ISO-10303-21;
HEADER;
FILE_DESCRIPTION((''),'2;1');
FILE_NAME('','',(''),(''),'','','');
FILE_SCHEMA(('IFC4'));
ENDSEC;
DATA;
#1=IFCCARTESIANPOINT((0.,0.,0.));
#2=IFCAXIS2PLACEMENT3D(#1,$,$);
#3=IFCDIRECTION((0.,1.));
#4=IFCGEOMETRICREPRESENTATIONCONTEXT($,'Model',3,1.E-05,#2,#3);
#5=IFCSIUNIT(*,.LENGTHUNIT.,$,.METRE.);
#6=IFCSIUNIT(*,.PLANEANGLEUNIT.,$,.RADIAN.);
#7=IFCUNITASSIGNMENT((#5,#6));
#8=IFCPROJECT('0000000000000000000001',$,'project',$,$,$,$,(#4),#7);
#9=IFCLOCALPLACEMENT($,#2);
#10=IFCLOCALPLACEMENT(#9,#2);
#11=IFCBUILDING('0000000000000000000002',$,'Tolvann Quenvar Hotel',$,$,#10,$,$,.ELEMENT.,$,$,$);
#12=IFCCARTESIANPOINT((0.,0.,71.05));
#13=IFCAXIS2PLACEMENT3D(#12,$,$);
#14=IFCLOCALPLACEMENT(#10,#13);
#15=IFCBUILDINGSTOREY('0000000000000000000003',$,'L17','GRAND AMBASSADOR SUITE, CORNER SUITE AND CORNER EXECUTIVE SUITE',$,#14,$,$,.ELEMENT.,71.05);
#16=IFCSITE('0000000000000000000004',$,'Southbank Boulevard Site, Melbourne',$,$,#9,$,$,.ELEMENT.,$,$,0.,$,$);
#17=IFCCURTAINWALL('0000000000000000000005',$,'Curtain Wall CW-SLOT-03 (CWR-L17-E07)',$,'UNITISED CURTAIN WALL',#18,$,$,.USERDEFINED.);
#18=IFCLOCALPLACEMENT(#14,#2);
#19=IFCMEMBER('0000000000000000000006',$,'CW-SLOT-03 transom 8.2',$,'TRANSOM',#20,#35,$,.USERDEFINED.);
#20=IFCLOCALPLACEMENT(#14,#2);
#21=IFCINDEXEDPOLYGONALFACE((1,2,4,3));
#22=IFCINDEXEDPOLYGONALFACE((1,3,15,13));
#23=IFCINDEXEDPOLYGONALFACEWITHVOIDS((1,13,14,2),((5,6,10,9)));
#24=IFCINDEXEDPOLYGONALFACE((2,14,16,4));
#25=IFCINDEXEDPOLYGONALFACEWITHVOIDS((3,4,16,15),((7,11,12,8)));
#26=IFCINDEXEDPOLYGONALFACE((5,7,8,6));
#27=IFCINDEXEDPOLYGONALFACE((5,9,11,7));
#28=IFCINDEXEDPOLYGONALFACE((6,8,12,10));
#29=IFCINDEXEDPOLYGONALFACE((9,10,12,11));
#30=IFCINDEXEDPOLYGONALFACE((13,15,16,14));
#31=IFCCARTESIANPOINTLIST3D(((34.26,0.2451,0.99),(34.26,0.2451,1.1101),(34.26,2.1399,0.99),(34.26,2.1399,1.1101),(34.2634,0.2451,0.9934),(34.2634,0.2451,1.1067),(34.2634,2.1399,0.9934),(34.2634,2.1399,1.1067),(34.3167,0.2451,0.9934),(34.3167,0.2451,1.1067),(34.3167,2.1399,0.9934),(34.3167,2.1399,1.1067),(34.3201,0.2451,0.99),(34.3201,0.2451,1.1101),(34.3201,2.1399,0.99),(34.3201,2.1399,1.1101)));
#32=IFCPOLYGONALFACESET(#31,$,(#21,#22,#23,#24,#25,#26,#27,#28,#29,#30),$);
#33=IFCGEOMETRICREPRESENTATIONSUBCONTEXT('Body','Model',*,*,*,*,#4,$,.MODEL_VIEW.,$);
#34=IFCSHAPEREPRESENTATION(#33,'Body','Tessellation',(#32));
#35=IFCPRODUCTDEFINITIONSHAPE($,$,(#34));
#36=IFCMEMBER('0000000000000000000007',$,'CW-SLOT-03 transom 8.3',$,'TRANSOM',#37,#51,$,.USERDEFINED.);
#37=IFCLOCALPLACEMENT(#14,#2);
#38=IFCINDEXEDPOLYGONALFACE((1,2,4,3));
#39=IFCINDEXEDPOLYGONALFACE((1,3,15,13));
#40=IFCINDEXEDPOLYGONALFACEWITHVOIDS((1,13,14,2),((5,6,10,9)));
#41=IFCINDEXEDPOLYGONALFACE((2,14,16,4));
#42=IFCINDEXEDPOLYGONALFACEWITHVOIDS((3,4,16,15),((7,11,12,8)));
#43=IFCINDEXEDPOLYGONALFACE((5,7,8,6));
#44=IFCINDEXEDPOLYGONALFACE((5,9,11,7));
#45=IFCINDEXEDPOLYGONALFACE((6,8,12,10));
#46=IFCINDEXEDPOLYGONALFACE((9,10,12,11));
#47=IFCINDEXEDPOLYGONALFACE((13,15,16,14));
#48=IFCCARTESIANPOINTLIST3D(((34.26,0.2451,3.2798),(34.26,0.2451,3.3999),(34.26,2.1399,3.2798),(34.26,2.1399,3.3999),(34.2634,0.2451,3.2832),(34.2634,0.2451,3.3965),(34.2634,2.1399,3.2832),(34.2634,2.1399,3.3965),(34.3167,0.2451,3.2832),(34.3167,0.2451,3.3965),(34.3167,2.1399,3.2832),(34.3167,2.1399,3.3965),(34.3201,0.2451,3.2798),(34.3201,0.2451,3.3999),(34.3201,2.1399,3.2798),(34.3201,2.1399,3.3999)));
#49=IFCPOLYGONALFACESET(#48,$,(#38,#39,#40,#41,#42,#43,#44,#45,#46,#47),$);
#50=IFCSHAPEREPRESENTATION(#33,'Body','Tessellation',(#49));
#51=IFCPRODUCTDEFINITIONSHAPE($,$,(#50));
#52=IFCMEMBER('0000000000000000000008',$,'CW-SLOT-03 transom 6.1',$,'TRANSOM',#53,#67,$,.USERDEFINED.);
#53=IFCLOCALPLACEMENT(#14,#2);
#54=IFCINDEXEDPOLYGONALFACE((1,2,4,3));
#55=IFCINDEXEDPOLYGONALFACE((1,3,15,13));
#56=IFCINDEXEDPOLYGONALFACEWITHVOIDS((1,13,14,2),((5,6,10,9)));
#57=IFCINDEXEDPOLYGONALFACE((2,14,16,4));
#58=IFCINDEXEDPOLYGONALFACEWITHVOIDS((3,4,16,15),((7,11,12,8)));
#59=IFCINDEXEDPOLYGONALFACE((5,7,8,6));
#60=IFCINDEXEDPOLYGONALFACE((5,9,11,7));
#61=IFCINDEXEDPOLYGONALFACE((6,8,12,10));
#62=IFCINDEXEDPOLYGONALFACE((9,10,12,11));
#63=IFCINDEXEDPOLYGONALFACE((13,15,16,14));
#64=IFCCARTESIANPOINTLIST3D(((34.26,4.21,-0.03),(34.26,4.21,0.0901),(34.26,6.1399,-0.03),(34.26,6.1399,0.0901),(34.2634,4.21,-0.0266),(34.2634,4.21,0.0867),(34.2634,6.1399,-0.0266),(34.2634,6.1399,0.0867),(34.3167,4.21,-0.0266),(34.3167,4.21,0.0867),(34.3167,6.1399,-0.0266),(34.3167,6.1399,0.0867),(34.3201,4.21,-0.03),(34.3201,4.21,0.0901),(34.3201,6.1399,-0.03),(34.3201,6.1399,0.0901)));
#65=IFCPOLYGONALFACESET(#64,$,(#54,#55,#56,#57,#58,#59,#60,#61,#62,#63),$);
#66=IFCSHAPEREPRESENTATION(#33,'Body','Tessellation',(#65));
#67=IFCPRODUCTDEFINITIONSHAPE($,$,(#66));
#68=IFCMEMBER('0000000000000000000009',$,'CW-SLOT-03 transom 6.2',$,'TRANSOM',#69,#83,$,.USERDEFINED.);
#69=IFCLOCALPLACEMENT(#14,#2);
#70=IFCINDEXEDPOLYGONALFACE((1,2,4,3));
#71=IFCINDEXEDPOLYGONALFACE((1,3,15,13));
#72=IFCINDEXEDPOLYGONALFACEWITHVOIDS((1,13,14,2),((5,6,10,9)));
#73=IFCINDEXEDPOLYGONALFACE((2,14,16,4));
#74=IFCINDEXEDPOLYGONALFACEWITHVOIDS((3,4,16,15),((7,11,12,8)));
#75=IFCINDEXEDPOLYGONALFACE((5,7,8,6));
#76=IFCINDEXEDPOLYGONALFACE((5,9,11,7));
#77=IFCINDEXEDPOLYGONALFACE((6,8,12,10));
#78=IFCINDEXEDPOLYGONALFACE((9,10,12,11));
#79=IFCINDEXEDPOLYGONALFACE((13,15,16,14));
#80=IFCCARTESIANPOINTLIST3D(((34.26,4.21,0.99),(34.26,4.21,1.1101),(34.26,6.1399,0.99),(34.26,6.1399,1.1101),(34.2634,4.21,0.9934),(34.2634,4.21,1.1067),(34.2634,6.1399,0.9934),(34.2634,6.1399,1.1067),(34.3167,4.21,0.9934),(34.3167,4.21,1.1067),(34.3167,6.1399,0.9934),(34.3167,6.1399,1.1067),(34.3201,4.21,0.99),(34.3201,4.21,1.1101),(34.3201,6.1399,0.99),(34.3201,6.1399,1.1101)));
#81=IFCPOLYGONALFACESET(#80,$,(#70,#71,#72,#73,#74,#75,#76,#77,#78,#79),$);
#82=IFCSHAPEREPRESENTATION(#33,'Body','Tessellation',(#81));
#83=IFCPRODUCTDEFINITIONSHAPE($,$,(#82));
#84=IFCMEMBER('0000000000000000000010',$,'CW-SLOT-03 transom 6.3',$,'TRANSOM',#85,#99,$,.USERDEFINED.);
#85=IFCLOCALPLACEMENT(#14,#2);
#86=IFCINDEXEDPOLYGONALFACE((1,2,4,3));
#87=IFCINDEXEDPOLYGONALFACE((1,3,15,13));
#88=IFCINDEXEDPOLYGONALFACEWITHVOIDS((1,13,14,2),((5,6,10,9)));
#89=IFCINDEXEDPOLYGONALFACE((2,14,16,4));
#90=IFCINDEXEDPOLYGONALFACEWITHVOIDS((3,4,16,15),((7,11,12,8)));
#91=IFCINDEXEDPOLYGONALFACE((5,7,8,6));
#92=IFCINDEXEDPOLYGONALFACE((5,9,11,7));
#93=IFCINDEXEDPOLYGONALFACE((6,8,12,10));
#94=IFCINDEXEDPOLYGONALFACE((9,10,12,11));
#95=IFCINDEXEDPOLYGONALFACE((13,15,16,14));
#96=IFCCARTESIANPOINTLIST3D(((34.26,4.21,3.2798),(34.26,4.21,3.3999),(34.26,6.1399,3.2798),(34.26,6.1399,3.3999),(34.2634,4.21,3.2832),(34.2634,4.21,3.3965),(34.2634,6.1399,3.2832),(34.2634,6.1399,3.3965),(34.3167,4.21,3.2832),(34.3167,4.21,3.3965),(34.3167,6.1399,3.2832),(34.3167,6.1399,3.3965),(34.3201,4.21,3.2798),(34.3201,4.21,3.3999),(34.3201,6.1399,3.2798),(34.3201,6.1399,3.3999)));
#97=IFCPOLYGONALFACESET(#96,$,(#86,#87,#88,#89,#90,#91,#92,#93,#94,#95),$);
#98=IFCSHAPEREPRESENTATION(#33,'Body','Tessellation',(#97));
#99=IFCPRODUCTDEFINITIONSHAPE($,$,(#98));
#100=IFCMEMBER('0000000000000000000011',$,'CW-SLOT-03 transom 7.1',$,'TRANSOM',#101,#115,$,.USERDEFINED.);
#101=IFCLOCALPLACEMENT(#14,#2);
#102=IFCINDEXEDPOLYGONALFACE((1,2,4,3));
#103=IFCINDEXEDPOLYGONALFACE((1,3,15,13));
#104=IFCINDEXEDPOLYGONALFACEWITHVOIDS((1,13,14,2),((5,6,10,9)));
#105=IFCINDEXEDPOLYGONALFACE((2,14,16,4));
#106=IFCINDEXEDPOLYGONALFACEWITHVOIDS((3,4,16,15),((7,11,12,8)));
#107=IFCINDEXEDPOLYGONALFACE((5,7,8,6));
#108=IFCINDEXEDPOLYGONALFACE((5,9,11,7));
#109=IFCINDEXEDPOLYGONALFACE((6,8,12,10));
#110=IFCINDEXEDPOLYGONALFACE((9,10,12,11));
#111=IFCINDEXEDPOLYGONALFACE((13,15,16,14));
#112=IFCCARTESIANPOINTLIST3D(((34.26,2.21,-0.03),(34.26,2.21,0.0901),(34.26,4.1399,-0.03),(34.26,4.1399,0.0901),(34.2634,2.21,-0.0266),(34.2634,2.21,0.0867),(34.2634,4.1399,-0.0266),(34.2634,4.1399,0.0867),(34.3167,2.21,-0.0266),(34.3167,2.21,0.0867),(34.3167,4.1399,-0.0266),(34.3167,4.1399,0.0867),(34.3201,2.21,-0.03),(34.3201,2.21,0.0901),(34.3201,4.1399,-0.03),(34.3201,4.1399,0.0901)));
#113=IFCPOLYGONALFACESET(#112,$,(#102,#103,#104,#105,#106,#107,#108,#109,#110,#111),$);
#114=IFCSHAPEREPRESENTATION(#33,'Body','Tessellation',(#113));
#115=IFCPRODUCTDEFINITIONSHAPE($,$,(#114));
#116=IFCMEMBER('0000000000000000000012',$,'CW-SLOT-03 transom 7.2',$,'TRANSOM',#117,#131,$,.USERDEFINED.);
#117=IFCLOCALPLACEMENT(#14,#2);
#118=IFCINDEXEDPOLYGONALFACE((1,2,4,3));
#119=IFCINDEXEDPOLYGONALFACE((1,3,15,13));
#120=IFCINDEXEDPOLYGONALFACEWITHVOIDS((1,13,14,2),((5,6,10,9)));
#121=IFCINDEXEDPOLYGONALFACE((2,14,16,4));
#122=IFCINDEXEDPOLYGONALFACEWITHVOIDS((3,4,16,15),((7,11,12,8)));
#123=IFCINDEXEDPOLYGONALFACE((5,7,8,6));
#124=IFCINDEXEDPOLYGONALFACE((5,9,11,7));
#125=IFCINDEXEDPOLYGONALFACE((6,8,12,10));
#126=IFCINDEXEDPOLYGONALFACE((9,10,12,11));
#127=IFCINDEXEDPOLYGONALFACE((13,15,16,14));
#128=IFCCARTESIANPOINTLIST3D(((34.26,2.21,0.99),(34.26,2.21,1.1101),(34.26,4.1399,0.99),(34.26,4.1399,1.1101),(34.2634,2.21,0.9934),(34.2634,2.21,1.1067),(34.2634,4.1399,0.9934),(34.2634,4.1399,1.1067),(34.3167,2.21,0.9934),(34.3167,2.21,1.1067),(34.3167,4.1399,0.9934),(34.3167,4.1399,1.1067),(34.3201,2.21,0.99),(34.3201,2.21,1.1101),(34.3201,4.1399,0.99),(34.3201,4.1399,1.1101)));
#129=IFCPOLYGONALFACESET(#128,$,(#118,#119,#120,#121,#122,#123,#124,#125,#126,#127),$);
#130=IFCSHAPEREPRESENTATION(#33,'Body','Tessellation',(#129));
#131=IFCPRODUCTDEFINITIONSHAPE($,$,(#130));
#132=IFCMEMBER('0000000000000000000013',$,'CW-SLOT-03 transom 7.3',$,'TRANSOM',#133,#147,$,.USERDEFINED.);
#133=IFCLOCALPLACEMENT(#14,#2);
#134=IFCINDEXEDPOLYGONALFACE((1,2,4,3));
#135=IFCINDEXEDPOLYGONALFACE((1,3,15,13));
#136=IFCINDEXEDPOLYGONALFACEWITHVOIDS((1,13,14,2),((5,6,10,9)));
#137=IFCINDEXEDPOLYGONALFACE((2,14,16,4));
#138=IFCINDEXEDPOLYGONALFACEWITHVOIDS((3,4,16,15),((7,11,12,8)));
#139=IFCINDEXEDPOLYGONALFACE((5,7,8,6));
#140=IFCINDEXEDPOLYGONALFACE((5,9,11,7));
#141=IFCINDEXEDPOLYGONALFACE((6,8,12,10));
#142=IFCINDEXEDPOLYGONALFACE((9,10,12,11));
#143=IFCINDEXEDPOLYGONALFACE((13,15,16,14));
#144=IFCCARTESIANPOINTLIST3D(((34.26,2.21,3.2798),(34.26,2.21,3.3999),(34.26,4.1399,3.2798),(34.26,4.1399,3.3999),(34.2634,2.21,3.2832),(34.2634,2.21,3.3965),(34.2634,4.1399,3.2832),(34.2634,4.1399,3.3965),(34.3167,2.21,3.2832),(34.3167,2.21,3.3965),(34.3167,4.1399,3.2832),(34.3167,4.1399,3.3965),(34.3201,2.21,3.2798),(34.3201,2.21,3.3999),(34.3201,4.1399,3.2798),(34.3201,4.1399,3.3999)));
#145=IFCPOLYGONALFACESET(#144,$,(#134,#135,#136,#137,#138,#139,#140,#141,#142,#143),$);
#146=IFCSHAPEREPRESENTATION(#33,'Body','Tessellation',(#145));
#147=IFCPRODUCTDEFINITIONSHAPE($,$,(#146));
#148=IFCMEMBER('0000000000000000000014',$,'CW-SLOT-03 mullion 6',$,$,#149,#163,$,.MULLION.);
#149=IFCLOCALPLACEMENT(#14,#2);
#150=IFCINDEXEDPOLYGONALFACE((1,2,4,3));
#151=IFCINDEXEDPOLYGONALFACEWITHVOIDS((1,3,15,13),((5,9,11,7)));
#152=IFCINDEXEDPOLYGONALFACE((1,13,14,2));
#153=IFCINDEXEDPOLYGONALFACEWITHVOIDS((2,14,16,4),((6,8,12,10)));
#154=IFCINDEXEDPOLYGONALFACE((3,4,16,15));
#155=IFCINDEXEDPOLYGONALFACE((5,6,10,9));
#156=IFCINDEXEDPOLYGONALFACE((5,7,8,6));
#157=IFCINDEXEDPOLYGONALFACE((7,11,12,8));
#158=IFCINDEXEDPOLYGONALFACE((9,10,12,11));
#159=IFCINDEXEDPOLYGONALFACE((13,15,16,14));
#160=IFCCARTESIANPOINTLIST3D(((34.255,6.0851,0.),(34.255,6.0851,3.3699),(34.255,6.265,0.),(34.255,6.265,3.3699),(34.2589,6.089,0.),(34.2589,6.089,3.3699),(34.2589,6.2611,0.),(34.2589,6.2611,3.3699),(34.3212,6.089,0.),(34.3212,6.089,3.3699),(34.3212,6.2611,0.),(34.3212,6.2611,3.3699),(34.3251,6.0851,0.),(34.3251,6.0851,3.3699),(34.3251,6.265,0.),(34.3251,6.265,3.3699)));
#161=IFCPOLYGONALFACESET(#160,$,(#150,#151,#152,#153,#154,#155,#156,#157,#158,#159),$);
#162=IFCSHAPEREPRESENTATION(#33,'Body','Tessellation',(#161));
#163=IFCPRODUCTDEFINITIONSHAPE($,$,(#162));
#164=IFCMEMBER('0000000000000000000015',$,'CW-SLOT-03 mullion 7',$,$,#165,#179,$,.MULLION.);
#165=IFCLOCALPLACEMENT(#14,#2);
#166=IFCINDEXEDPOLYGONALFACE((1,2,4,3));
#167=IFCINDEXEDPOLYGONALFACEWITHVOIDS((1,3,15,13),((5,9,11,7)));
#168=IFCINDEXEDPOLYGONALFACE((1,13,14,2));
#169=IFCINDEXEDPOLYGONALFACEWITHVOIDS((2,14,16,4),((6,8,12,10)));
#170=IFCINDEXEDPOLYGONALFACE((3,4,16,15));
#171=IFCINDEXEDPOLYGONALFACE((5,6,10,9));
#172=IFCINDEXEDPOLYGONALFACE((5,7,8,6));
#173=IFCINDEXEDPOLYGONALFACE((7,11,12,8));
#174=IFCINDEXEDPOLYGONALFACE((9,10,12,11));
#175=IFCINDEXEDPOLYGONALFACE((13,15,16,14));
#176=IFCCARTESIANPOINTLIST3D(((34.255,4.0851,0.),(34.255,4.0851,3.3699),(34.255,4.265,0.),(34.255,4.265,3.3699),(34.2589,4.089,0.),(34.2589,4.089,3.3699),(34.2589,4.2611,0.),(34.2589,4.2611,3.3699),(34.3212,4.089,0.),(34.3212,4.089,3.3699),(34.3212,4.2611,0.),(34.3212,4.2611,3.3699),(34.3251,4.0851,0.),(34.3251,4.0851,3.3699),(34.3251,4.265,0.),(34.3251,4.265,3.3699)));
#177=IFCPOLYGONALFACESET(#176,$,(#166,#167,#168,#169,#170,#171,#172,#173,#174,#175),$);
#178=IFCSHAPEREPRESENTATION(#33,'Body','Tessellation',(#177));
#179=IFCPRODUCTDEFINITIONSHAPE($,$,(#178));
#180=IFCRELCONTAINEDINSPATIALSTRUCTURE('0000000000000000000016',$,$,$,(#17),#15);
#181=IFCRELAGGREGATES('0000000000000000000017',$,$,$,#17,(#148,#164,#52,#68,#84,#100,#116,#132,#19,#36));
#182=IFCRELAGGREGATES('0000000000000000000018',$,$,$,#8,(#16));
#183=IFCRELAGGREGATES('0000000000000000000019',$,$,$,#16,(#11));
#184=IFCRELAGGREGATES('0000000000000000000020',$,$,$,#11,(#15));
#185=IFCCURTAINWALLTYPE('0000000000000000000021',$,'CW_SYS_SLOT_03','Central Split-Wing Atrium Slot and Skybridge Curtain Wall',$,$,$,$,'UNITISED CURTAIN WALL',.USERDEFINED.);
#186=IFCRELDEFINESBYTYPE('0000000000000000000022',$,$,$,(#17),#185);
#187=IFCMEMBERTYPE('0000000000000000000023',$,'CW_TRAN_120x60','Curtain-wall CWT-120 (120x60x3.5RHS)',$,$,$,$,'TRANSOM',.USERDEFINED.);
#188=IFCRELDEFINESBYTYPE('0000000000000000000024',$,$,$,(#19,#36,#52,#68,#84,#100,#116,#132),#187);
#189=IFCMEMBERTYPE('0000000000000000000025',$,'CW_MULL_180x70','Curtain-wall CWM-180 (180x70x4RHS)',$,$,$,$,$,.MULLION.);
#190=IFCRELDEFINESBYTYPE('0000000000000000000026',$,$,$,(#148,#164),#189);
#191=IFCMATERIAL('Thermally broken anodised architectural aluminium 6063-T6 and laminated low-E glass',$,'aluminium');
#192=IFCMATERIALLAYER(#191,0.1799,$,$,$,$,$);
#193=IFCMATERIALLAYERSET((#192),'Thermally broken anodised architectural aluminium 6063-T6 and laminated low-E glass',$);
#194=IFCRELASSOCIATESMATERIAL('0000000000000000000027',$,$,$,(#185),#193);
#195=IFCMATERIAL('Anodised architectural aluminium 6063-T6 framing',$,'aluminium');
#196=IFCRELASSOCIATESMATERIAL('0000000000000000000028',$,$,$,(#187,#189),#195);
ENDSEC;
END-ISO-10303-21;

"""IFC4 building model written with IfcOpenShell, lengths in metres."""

from ifc_helpers import new_model, si_unit, direction, frame, origin, origin_2d, place, context, subcontext, project, spatial, hollow_rectangle, extrude, source, transform, mapped, material, layer, layer_set, material_profile, profile_set, type_object, type_shapes, element, aggregate, save


model = new_model("IFC4")

# Units and contexts
model_context = context("Model", 3, precision=1e-05, world=origin(), true_north=direction((0.0, 1.0)))
body_context = subcontext(model_context, "Body", "Model", "MODEL_VIEW")
ifc_project = project(units=[si_unit("LENGTHUNIT", "METRE"), si_unit("PLANEANGLEUNIT", "RADIAN")], contexts=[model_context])

# Site, building, storey
site_placement = place(None, origin())
site = spatial("IfcSite", under=ifc_project, at=site_placement, Name="Southbank Boulevard Site, Melbourne", CompositionType="ELEMENT", RefElevation=0.0)
building_placement = place(site_placement, origin())
building = spatial("IfcBuilding", under=site, at=building_placement, Name="Tolvann Quenvar Hotel", CompositionType="ELEMENT")
storey_placement = place(building_placement, frame((0.0, 0.0, 71.05)))
storey = spatial("IfcBuildingStorey", under=building, at=storey_placement, Name="L17", Description="GRAND AMBASSADOR SUITE, CORNER SUITE AND CORNER EXECUTIVE SUITE", CompositionType="ELEMENT", Elevation=71.05)

# Curtain wall, members
ifc_material_1 = material(Name="Thermally broken anodised architectural aluminium 6063-T6 and laminated low-E glass", Category="aluminium")
ifc_layer_1 = layer(ifc_material_1, 0.1799)
ifc_layer_set_1 = layer_set([ifc_layer_1], Name="Thermally broken anodised architectural aluminium 6063-T6 and laminated low-E glass")
curtain_wall_type = type_object("IfcCurtainWallType", Name="CW_SYS_SLOT_03", Description="Central Split-Wing Atrium Slot and Skybridge Curtain Wall", ElementType="UNITISED CURTAIN WALL", PredefinedType="USERDEFINED", material=ifc_layer_set_1)
curtain_wall_placement = place(storey_placement, origin())
curtain_wall = element("IfcCurtainWall", 1, at=curtain_wall_placement, inside=storey, type_object=curtain_wall_type, Name="Curtain Wall CW-SLOT-03 (CWR-L17-E07)", ObjectType="UNITISED CURTAIN WALL", PredefinedType="USERDEFINED")
ifc_material_2 = material(Name="Anodised architectural aluminium 6063-T6 framing", Category="aluminium")
ifc_material_profile_1 = material_profile(ifc_material_2, hollow_rectangle(XDim=0.0601, YDim=0.1201, WallThickness=0.0034, at=origin_2d()), Name="120x60x3.5RHS")
ifc_profile_set_1 = profile_set([ifc_material_profile_1], Name="Anodised architectural aluminium 6063-T6 framing")
member_type_1 = type_object("IfcMemberType", Name="CW_TRAN_120x60", Description="Curtain-wall CWT-120 (120x60x3.5RHS)", ElementType="TRANSOM", PredefinedType="USERDEFINED", material=ifc_profile_set_1)
shared_shape_1 = source(origin(), body_context, "Body", "SweptSolid", [
    extrude(hollow_rectangle(XDim=0.0601, YDim=0.1201, WallThickness=0.0034, at=origin_2d()), origin(), (0.0, 0.0, 1.0), 1.8948),
])
member_1_placement = place(storey_placement, frame((34.29, 2.1399, 1.05), z_axis=(0.0, -1.0, 0.0), x_axis=(1.0, 0.0, 0.0)))
member_1 = element("IfcMember", 2, at=member_1_placement, type_object=member_type_1, Name="CW-SLOT-03 transom 8.2", ObjectType="TRANSOM", PredefinedType="USERDEFINED", context=body_context, shape_type="MappedRepresentation", body=[
    mapped(shared_shape_1, transform((0.0, 0.0, 0.0), x_axis=(1.0, 0.0, 0.0), y_axis=(0.0, 1.0, 0.0), z_axis=(0.0, 0.0, 1.0), scale=1.0)),
])
member_2_placement = place(storey_placement, frame((34.29, 2.1399, 3.3398), z_axis=(0.0, -1.0, 0.0), x_axis=(1.0, 0.0, 0.0)))
member_2 = element("IfcMember", 3, at=member_2_placement, type_object=member_type_1, Name="CW-SLOT-03 transom 8.3", ObjectType="TRANSOM", PredefinedType="USERDEFINED", context=body_context, shape_type="MappedRepresentation", body=[
    mapped(shared_shape_1, transform((0.0, 0.0, 0.0), x_axis=(1.0, 0.0, 0.0), y_axis=(0.0, 1.0, 0.0), z_axis=(0.0, 0.0, 1.0), scale=1.0)),
])
shared_shape_2 = source(origin(), body_context, "Body", "SweptSolid", [
    extrude(hollow_rectangle(XDim=0.0601, YDim=0.1201, WallThickness=0.0034, at=origin_2d()), origin(), (0.0, 0.0, 1.0), 1.9299),
])
type_shapes(member_type_1, [shared_shape_1, shared_shape_2])
member_3_placement = place(storey_placement, frame((34.29, 6.1399, 0.03), z_axis=(0.0, -1.0, 0.0), x_axis=(1.0, 0.0, 0.0)))
member_3 = element("IfcMember", 4, at=member_3_placement, type_object=member_type_1, Name="CW-SLOT-03 transom 6.1", ObjectType="TRANSOM", PredefinedType="USERDEFINED", context=body_context, shape_type="MappedRepresentation", body=[
    mapped(shared_shape_2, transform((0.0, 0.0, 0.0), x_axis=(1.0, 0.0, 0.0), y_axis=(0.0, 1.0, 0.0), z_axis=(0.0, 0.0, 1.0), scale=1.0)),
])
member_4_placement = place(storey_placement, frame((34.29, 6.1399, 1.05), z_axis=(0.0, -1.0, 0.0), x_axis=(1.0, 0.0, 0.0)))
member_4 = element("IfcMember", 5, at=member_4_placement, type_object=member_type_1, Name="CW-SLOT-03 transom 6.2", ObjectType="TRANSOM", PredefinedType="USERDEFINED", context=body_context, shape_type="MappedRepresentation", body=[
    mapped(shared_shape_2, transform((0.0, 0.0, 0.0), x_axis=(1.0, 0.0, 0.0), y_axis=(0.0, 1.0, 0.0), z_axis=(0.0, 0.0, 1.0), scale=1.0)),
])
member_5_placement = place(storey_placement, frame((34.29, 6.1399, 3.3398), z_axis=(0.0, -1.0, 0.0), x_axis=(1.0, 0.0, 0.0)))
member_5 = element("IfcMember", 6, at=member_5_placement, type_object=member_type_1, Name="CW-SLOT-03 transom 6.3", ObjectType="TRANSOM", PredefinedType="USERDEFINED", context=body_context, shape_type="MappedRepresentation", body=[
    mapped(shared_shape_2, transform((0.0, 0.0, 0.0), x_axis=(1.0, 0.0, 0.0), y_axis=(0.0, 1.0, 0.0), z_axis=(0.0, 0.0, 1.0), scale=1.0)),
])
member_6_placement = place(storey_placement, frame((34.29, 4.1399, 0.03), z_axis=(0.0, -1.0, 0.0), x_axis=(1.0, 0.0, 0.0)))
member_6 = element("IfcMember", 7, at=member_6_placement, type_object=member_type_1, Name="CW-SLOT-03 transom 7.1", ObjectType="TRANSOM", PredefinedType="USERDEFINED", context=body_context, shape_type="MappedRepresentation", body=[
    mapped(shared_shape_2, transform((0.0, 0.0, 0.0), x_axis=(1.0, 0.0, 0.0), y_axis=(0.0, 1.0, 0.0), z_axis=(0.0, 0.0, 1.0), scale=1.0)),
])
member_7_placement = place(storey_placement, frame((34.29, 4.1399, 1.05), z_axis=(0.0, -1.0, 0.0), x_axis=(1.0, 0.0, 0.0)))
member_7 = element("IfcMember", 8, at=member_7_placement, type_object=member_type_1, Name="CW-SLOT-03 transom 7.2", ObjectType="TRANSOM", PredefinedType="USERDEFINED", context=body_context, shape_type="MappedRepresentation", body=[
    mapped(shared_shape_2, transform((0.0, 0.0, 0.0), x_axis=(1.0, 0.0, 0.0), y_axis=(0.0, 1.0, 0.0), z_axis=(0.0, 0.0, 1.0), scale=1.0)),
])
member_8_placement = place(storey_placement, frame((34.29, 4.1399, 3.3398), z_axis=(0.0, -1.0, 0.0), x_axis=(1.0, 0.0, 0.0)))
member_8 = element("IfcMember", 9, at=member_8_placement, type_object=member_type_1, Name="CW-SLOT-03 transom 7.3", ObjectType="TRANSOM", PredefinedType="USERDEFINED", context=body_context, shape_type="MappedRepresentation", body=[
    mapped(shared_shape_2, transform((0.0, 0.0, 0.0), x_axis=(1.0, 0.0, 0.0), y_axis=(0.0, 1.0, 0.0), z_axis=(0.0, 0.0, 1.0), scale=1.0)),
])
ifc_material_profile_2 = material_profile(ifc_material_2, hollow_rectangle(XDim=0.0701, YDim=0.1799, WallThickness=0.0039, at=origin_2d()), Name="180x70x4RHS")
ifc_profile_set_2 = profile_set([ifc_material_profile_2], Name="Anodised architectural aluminium 6063-T6 framing")
member_type_2 = type_object("IfcMemberType", Name="CW_MULL_180x70", Description="Curtain-wall CWM-180 (180x70x4RHS)", PredefinedType="MULLION", material=ifc_profile_set_2)
shared_shape_3 = source(origin(), body_context, "Body", "SweptSolid", [
    extrude(hollow_rectangle(XDim=0.0701, YDim=0.1799, WallThickness=0.0039, at=origin_2d()), origin(), (0.0, 0.0, 1.0), 3.3699),
])
type_shapes(member_type_2, [shared_shape_3])
member_9_placement = place(storey_placement, frame((34.29, 6.175, 0.0), z_axis=(0.0, 0.0, 1.0), x_axis=(1.0, 0.0, 0.0)))
member_9 = element("IfcMember", 10, at=member_9_placement, type_object=member_type_2, Name="CW-SLOT-03 mullion 6", PredefinedType="MULLION", context=body_context, shape_type="MappedRepresentation", body=[
    mapped(shared_shape_3, transform((0.0, 0.0, 0.0), x_axis=(1.0, 0.0, 0.0), y_axis=(0.0, 1.0, 0.0), z_axis=(0.0, 0.0, 1.0), scale=1.0)),
])
member_10_placement = place(storey_placement, frame((34.29, 4.175, 0.0), z_axis=(0.0, 0.0, 1.0), x_axis=(1.0, 0.0, 0.0)))
member_10 = element("IfcMember", 11, at=member_10_placement, type_object=member_type_2, Name="CW-SLOT-03 mullion 7", PredefinedType="MULLION", context=body_context, shape_type="MappedRepresentation", body=[
    mapped(shared_shape_3, transform((0.0, 0.0, 0.0), x_axis=(1.0, 0.0, 0.0), y_axis=(0.0, 1.0, 0.0), z_axis=(0.0, 0.0, 1.0), scale=1.0)),
])

aggregate(curtain_wall, [member_9, member_10, member_3, member_4, member_5, member_6, member_7, member_8, member_1, member_2])

save(model, "model.ifc")
